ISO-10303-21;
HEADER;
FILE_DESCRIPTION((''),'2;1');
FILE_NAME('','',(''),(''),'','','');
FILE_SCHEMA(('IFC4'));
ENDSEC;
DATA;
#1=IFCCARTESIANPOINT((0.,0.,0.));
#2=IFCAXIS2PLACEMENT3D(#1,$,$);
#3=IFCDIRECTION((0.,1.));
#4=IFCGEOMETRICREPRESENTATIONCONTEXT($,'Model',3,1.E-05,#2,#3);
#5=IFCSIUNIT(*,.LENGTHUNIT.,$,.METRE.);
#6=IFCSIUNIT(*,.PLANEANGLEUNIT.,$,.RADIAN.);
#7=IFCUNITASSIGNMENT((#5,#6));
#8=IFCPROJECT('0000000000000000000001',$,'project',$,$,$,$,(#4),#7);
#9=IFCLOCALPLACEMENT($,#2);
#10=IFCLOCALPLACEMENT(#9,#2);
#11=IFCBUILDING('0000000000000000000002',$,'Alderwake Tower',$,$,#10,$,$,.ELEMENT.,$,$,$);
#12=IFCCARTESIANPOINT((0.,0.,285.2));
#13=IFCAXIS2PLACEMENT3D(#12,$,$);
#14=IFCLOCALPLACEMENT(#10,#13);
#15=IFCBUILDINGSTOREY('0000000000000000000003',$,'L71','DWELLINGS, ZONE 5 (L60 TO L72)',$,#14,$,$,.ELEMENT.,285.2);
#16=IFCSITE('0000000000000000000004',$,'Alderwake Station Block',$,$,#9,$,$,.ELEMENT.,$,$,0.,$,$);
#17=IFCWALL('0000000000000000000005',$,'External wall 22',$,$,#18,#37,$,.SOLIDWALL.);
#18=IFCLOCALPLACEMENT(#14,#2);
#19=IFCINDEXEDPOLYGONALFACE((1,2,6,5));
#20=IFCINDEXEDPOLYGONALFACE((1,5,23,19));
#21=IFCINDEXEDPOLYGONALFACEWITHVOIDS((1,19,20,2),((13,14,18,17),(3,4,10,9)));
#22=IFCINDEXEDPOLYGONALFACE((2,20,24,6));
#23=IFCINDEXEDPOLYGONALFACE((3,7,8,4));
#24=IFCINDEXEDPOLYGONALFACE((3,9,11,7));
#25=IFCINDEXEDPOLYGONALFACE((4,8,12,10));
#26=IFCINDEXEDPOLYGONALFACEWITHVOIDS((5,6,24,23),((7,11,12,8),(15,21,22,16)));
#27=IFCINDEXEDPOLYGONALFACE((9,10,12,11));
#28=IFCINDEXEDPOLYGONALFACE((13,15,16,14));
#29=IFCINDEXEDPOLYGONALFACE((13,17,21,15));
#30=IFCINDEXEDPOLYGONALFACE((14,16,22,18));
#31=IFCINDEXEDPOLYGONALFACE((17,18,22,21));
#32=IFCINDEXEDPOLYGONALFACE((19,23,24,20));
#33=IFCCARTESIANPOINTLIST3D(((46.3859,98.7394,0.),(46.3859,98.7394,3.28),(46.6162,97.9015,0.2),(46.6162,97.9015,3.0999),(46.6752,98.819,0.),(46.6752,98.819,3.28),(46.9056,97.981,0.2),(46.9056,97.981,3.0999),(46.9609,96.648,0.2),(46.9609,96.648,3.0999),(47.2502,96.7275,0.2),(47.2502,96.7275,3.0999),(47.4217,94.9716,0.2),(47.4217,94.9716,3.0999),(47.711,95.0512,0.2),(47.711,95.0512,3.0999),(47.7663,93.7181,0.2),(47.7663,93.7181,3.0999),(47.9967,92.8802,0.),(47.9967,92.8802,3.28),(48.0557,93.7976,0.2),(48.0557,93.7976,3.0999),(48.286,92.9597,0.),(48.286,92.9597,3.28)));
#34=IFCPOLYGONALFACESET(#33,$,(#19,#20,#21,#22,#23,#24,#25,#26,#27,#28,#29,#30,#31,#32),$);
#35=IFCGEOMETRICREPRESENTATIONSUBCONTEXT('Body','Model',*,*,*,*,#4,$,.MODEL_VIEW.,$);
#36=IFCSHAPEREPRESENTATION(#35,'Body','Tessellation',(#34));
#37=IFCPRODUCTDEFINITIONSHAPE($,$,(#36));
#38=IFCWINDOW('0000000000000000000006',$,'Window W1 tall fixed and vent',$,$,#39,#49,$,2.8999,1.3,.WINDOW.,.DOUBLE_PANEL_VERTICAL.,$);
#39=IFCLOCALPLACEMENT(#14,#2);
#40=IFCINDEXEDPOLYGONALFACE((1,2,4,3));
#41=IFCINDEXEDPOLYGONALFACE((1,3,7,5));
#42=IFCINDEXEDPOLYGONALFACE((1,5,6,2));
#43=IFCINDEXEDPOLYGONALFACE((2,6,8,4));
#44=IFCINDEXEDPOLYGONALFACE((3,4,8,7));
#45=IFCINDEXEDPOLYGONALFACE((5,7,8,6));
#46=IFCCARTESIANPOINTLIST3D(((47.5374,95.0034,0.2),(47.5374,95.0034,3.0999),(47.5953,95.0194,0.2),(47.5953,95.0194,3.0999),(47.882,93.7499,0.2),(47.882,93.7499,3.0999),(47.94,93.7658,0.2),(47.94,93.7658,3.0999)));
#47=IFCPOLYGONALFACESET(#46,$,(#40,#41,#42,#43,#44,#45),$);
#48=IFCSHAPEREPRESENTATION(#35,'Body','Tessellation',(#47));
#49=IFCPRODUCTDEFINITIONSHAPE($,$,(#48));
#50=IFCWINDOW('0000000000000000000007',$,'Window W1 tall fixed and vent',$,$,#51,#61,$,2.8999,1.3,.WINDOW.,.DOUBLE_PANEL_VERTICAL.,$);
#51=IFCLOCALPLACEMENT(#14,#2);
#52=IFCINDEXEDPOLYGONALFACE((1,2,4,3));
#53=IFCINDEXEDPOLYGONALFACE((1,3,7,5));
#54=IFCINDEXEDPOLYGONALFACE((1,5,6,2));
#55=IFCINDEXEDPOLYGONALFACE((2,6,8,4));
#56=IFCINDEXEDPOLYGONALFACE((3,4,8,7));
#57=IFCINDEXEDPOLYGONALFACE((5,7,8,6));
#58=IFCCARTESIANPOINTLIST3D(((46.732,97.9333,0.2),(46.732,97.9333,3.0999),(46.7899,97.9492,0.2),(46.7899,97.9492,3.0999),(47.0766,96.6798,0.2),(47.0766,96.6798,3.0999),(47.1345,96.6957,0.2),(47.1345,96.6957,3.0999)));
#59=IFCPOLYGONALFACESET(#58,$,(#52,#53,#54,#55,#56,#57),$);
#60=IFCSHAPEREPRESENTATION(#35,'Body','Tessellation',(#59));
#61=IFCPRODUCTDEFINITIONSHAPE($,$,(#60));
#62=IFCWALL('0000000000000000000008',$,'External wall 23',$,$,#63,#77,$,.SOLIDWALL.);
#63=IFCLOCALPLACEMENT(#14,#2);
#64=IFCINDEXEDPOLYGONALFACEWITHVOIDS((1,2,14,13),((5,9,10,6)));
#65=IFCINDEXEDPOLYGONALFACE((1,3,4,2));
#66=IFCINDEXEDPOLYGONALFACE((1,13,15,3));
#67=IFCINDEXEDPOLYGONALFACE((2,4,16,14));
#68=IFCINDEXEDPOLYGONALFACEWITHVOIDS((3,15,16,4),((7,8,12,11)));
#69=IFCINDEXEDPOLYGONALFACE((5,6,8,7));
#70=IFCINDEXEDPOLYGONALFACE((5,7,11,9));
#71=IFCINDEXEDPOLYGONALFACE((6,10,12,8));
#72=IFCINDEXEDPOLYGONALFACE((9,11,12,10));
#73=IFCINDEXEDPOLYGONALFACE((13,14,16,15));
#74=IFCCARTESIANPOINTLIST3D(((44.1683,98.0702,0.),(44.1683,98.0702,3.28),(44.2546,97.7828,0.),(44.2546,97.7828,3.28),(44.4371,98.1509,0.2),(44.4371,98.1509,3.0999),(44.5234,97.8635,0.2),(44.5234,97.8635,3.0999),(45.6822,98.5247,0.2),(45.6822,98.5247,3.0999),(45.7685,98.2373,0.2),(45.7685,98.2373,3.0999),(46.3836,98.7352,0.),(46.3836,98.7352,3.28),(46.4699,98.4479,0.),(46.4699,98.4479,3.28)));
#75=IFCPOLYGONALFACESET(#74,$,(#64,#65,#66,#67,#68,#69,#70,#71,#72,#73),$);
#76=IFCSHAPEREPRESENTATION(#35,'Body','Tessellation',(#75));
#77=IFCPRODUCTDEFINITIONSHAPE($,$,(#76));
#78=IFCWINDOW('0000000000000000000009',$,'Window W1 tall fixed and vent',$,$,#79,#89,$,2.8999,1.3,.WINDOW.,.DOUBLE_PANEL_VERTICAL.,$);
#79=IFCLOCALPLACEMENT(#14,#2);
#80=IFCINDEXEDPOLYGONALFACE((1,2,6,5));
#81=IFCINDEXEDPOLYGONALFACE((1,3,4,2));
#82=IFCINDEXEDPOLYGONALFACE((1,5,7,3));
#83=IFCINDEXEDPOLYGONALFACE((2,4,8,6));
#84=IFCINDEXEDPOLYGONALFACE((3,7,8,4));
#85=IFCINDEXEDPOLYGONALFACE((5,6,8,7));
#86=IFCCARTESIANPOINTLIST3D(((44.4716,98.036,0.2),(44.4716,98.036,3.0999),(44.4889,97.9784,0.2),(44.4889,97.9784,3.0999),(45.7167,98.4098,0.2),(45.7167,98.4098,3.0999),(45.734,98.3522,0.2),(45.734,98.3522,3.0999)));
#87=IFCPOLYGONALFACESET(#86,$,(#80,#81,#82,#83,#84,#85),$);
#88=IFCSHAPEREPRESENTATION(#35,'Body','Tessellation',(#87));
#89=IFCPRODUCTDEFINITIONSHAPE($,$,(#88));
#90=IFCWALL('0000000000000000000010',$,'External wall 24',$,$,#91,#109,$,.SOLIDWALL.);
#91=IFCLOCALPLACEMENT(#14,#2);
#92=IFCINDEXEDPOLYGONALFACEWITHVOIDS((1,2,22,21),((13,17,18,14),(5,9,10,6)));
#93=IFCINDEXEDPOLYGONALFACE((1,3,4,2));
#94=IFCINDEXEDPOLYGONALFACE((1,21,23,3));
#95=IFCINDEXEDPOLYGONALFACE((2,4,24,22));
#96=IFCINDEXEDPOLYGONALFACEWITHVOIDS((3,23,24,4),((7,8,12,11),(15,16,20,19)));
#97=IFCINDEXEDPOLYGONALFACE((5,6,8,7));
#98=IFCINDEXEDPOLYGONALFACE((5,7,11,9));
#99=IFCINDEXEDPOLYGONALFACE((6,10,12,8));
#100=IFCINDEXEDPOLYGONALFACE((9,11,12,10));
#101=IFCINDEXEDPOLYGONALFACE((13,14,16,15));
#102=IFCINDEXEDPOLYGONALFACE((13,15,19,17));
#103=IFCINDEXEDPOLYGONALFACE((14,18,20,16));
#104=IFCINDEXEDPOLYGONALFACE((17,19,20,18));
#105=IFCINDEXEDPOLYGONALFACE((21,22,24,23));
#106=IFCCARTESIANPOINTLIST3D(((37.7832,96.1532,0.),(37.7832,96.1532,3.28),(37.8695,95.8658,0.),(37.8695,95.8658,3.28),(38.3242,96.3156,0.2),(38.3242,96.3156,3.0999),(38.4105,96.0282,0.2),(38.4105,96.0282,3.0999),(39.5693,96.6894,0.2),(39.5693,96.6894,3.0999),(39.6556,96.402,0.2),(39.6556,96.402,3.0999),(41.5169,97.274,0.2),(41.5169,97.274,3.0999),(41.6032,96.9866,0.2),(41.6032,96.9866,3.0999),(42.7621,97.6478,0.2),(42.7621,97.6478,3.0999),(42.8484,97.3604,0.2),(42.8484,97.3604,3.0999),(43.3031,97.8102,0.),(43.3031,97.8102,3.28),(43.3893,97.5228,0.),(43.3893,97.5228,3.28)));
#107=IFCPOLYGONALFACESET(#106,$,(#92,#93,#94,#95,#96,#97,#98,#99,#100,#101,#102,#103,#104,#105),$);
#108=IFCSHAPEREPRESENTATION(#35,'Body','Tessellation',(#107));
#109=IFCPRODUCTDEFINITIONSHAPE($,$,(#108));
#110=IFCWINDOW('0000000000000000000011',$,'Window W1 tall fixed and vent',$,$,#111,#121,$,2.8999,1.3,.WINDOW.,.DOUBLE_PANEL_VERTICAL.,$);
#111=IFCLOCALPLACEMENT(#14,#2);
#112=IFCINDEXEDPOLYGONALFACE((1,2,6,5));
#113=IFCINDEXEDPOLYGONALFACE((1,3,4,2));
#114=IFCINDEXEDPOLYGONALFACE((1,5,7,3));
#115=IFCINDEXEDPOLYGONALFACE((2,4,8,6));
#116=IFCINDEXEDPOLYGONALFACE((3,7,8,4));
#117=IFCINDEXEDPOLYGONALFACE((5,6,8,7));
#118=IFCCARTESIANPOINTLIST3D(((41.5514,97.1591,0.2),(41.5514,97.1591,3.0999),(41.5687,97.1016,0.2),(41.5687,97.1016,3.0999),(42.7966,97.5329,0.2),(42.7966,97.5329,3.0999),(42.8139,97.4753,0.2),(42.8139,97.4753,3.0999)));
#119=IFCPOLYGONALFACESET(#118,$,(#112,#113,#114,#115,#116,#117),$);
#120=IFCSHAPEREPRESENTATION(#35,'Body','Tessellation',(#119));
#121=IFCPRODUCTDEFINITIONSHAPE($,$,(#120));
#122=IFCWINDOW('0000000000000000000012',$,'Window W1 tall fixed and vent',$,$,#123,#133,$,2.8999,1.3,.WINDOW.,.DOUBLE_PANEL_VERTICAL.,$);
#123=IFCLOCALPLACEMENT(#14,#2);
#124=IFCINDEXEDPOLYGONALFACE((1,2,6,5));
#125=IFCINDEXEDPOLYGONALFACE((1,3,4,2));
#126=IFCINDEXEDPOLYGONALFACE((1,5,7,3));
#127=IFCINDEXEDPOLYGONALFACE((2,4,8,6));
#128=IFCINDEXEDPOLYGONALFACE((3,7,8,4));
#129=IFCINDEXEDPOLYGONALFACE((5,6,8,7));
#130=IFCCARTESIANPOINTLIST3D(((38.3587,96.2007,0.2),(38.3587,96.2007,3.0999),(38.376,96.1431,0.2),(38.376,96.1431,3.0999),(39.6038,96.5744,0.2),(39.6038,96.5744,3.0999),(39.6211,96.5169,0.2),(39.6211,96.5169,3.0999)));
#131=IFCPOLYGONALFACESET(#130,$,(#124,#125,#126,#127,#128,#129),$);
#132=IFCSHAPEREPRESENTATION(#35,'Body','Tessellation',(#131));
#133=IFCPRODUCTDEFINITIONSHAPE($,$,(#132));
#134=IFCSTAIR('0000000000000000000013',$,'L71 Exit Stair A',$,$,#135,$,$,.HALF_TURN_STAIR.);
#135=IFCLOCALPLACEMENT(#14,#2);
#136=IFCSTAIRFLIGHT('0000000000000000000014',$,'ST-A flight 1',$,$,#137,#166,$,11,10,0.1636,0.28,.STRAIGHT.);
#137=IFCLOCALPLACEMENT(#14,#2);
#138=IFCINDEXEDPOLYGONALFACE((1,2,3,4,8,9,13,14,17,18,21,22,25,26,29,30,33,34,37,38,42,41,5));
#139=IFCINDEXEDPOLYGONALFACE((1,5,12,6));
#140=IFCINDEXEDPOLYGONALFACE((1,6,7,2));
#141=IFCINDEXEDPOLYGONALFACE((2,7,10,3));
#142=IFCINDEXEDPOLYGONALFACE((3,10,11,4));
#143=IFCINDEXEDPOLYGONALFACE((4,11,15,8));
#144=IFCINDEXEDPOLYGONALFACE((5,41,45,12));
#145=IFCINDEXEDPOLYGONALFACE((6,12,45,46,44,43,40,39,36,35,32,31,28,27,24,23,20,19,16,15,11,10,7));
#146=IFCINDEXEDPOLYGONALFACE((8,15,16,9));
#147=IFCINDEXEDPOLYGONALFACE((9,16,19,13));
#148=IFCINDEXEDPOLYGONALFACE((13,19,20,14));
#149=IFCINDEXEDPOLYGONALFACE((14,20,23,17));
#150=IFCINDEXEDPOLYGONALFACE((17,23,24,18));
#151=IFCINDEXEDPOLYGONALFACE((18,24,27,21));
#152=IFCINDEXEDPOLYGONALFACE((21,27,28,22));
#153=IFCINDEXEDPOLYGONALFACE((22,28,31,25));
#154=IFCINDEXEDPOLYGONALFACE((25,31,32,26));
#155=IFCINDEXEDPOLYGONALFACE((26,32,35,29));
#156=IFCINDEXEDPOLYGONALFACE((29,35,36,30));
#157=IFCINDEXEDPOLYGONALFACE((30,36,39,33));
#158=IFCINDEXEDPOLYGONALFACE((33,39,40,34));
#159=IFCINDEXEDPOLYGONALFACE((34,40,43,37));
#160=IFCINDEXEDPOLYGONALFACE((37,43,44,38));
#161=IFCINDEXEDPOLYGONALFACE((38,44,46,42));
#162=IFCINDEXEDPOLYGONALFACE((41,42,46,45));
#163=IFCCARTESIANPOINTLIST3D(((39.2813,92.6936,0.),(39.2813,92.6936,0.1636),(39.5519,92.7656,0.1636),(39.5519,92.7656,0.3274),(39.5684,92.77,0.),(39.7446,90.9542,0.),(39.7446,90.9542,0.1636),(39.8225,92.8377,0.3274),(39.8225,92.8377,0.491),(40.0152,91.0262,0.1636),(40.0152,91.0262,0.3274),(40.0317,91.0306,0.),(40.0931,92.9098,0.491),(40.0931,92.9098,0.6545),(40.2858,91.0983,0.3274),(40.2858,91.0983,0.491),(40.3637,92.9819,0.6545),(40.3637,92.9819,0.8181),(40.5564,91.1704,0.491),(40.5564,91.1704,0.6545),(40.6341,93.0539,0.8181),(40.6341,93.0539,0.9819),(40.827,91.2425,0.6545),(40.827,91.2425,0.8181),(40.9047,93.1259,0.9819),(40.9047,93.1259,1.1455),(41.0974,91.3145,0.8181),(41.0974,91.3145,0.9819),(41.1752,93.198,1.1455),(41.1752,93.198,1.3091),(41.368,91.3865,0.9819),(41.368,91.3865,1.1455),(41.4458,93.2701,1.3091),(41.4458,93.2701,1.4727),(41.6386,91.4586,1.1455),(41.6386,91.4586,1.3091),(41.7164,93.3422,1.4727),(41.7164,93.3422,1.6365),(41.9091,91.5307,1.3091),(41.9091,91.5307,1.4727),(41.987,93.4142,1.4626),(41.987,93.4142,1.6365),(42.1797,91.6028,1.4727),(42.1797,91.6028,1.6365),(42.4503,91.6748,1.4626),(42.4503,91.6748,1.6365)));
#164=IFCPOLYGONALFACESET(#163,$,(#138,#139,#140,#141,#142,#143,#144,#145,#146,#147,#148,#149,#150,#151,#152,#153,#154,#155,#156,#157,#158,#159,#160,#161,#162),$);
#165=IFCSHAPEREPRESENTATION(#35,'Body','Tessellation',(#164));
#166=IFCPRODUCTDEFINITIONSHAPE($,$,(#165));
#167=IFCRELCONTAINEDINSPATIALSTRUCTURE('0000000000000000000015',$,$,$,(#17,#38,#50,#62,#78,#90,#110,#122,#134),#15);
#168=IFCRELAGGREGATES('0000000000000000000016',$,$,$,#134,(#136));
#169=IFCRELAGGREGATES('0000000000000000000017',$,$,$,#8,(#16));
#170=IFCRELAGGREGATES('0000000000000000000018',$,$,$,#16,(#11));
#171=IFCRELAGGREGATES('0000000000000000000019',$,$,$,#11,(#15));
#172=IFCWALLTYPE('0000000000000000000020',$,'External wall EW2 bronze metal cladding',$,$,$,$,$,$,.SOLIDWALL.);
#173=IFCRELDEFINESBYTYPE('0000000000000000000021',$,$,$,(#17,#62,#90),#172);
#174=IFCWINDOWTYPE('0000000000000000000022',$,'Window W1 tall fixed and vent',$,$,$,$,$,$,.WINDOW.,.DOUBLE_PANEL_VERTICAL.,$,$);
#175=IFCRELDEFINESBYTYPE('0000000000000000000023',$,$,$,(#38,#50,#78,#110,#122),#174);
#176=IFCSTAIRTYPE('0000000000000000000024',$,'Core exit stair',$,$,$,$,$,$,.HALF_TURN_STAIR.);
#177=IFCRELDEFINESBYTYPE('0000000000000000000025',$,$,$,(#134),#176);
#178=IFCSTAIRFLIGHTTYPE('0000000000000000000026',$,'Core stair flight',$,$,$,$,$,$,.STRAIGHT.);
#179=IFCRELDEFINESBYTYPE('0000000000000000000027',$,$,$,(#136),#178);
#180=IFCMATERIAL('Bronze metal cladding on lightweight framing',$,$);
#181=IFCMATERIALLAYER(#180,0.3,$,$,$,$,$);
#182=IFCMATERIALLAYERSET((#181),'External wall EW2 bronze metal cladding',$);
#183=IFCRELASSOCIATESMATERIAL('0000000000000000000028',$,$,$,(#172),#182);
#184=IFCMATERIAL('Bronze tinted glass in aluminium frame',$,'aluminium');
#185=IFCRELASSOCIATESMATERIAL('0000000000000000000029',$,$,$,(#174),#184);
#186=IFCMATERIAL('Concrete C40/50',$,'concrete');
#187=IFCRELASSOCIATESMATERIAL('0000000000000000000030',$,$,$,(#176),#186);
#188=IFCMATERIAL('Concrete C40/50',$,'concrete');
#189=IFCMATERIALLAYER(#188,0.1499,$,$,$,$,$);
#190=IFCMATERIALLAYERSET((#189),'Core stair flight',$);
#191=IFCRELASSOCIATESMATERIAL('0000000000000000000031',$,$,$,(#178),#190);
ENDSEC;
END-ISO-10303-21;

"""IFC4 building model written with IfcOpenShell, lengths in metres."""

from ifc_helpers import new_model, si_unit, direction, frame, frame_2d, origin, place, context, subcontext, project, spatial, polyline, rectangle, outline, extrude, material, layer, layer_set, type_object, element, fill, aggregate, save


model = new_model("IFC4")

# Units and contexts
model_context = context("Model", 3, precision=1e-05, world=origin(), true_north=direction((0.0, 1.0)))
body_context = subcontext(model_context, "Body", "Model", "MODEL_VIEW")
ifc_project = project(units=[si_unit("LENGTHUNIT", "METRE"), si_unit("PLANEANGLEUNIT", "RADIAN")], contexts=[model_context])

# Site, building, storey
site_placement = place(None, origin())
site = spatial("IfcSite", under=ifc_project, at=site_placement, Name="Alderwake Station Block", CompositionType="ELEMENT", RefElevation=0.0)
building_placement = place(site_placement, origin())
building = spatial("IfcBuilding", under=site, at=building_placement, Name="Alderwake Tower", CompositionType="ELEMENT")
storey_placement = place(building_placement, frame((0.0, 0.0, 285.2)))
storey = spatial("IfcBuildingStorey", under=building, at=storey_placement, Name="L71", Description="DWELLINGS, ZONE 5 (L60 TO L72)", CompositionType="ELEMENT", Elevation=285.2)

# Shared definitions
ifc_material_1 = material(Name="Bronze metal cladding on lightweight framing")
ifc_layer_1 = layer(ifc_material_1, 0.3)
ifc_layer_set_1 = layer_set([ifc_layer_1], Name="External wall EW2 bronze metal cladding")
wall_type_1 = type_object("IfcWallType", Name="External wall EW2 bronze metal cladding", PredefinedType="SOLIDWALL", material=ifc_layer_set_1)
ifc_material_2 = material(Name="Bronze tinted glass in aluminium frame", Category="aluminium")
window_type = type_object("IfcWindowType", Name="Window W1 tall fixed and vent", PartitioningType="DOUBLE_PANEL_VERTICAL", PredefinedType="WINDOW", material=ifc_material_2)

# Wall, openings, windows
wall_1_placement = place(storey_placement, frame((48.1414, 92.9199, 0.0), z_axis=(0.0, 0.0, 1.0), x_axis=(-0.265082, 0.964226, 0.0)))
wall_1 = element("IfcWall", 1, at=wall_1_placement, inside=storey, type_object=wall_type_1, Name="External wall 22", PredefinedType="SOLIDWALL", context=body_context, shape_type="SweptSolid", body=[
    extrude(rectangle(XDim=6.0767, YDim=0.3, at=frame_2d((3.0383, 0.0))), origin(), (0.0, 0.0, 1.0), 3.28),
])
opening_1_placement = place(wall_1_placement, frame((0.8691, 0.0, 0.2)))
opening_1 = element("IfcOpeningElement", 2, at=opening_1_placement, cuts=wall_1, PredefinedType="OPENING", context=body_context, shape_type="SweptSolid", body=[
    extrude(rectangle(XDim=1.3, YDim=2.8999, at=frame_2d((0.6499, 1.45))), frame((0.0, 0.1599, 0.0), z_axis=(0.0, -1.0, 0.0), x_axis=(1.0, 0.0, 0.0)), (0.0, 0.0, 1.0), 0.3201),
])
opening_2_placement = place(wall_1_placement, frame((3.9077, 0.0, 0.2)))
opening_2 = element("IfcOpeningElement", 3, at=opening_2_placement, cuts=wall_1, PredefinedType="OPENING", context=body_context, shape_type="SweptSolid", body=[
    extrude(rectangle(XDim=1.3, YDim=2.8999, at=frame_2d((0.6499, 1.45))), frame((0.0, 0.1599, 0.0), z_axis=(0.0, -1.0, 0.0), x_axis=(1.0, 0.0, 0.0)), (0.0, 0.0, 1.0), 0.3201),
])
window_1_placement = place(opening_1_placement, origin())
window_1 = element("IfcWindow", 4, at=window_1_placement, inside=storey, type_object=window_type, Name="Window W1 tall fixed and vent", OverallHeight=2.8999, OverallWidth=1.3, PartitioningType="DOUBLE_PANEL_VERTICAL", PredefinedType="WINDOW", context=body_context, shape_type="SweptSolid", body=[
    extrude(rectangle(XDim=1.3, YDim=2.8999, at=frame_2d((0.6499, 1.45))), frame((0.0, 0.03, 0.0), z_axis=(0.0, -1.0, 0.0), x_axis=(1.0, 0.0, 0.0)), (0.0, 0.0, 1.0), 0.0601),
])
fill(opening_1, window_1)
window_2_placement = place(opening_2_placement, origin())
window_2 = element("IfcWindow", 5, at=window_2_placement, inside=storey, type_object=window_type, Name="Window W1 tall fixed and vent", OverallHeight=2.8999, OverallWidth=1.3, PartitioningType="DOUBLE_PANEL_VERTICAL", PredefinedType="WINDOW", context=body_context, shape_type="SweptSolid", body=[
    extrude(rectangle(XDim=1.3, YDim=2.8999, at=frame_2d((0.6499, 1.45))), frame((0.0, 0.03, 0.0), z_axis=(0.0, -1.0, 0.0), x_axis=(1.0, 0.0, 0.0)), (0.0, 0.0, 1.0), 0.0601),
])
fill(opening_2, window_2)

# Wall, opening, window
wall_2_placement = place(storey_placement, frame((46.4268, 98.5916, 0.0), z_axis=(0.0, 0.0, 1.0), x_axis=(-0.957774, -0.287522, 0.0)))
wall_2 = element("IfcWall", 6, at=wall_2_placement, inside=storey, type_object=wall_type_1, Name="External wall 23", PredefinedType="SOLIDWALL", context=body_context, shape_type="SweptSolid", body=[
    extrude(rectangle(XDim=2.313, YDim=0.3, at=frame_2d((1.1565, 0.0))), origin(), (0.0, 0.0, 1.0), 3.28),
])
opening_3_placement = place(wall_2_placement, frame((0.7324, 0.0, 0.2)))
opening_3 = element("IfcOpeningElement", 7, at=opening_3_placement, cuts=wall_2, PredefinedType="OPENING", context=body_context, shape_type="SweptSolid", body=[
    extrude(rectangle(XDim=1.3, YDim=2.8999, at=frame_2d((0.6499, 1.45))), frame((0.0, 0.1599, 0.0), z_axis=(0.0, -1.0, 0.0), x_axis=(1.0, 0.0, 0.0)), (0.0, 0.0, 1.0), 0.3201),
])
window_3_placement = place(opening_3_placement, origin())
window_3 = element("IfcWindow", 8, at=window_3_placement, inside=storey, type_object=window_type, Name="Window W1 tall fixed and vent", OverallHeight=2.8999, OverallWidth=1.3, PartitioningType="DOUBLE_PANEL_VERTICAL", PredefinedType="WINDOW", context=body_context, shape_type="SweptSolid", body=[
    extrude(rectangle(XDim=1.3, YDim=2.8999, at=frame_2d((0.6499, 1.45))), frame((0.0, 0.03, 0.0), z_axis=(0.0, -1.0, 0.0), x_axis=(1.0, 0.0, 0.0)), (0.0, 0.0, 1.0), 0.0601),
])
fill(opening_3, window_3)

# Wall, openings, windows
wall_3_placement = place(storey_placement, frame((43.3462, 97.6665, 0.0), z_axis=(0.0, 0.0, 1.0), x_axis=(-0.957776, -0.287515, 0.0)))
wall_3 = element("IfcWall", 9, at=wall_3_placement, inside=storey, type_object=wall_type_1, Name="External wall 24", PredefinedType="SOLIDWALL", context=body_context, shape_type="SweptSolid", body=[
    extrude(rectangle(XDim=5.7632, YDim=0.3, at=frame_2d((2.8816, 0.0))), origin(), (0.0, 0.0, 1.0), 3.28),
])
opening_4_placement = place(wall_3_placement, frame((0.5649, 0.0, 0.2)))
opening_4 = element("IfcOpeningElement", 10, at=opening_4_placement, cuts=wall_3, PredefinedType="OPENING", context=body_context, shape_type="SweptSolid", body=[
    extrude(rectangle(XDim=1.3, YDim=2.8999, at=frame_2d((0.6499, 1.45))), frame((0.0, 0.1599, 0.0), z_axis=(0.0, -1.0, 0.0), x_axis=(1.0, 0.0, 0.0)), (0.0, 0.0, 1.0), 0.3201),
])
opening_5_placement = place(wall_3_placement, frame((3.8984, 0.0, 0.2)))
opening_5 = element("IfcOpeningElement", 11, at=opening_5_placement, cuts=wall_3, PredefinedType="OPENING", context=body_context, shape_type="SweptSolid", body=[
    extrude(rectangle(XDim=1.3, YDim=2.8999, at=frame_2d((0.6499, 1.45))), frame((0.0, 0.1599, 0.0), z_axis=(0.0, -1.0, 0.0), x_axis=(1.0, 0.0, 0.0)), (0.0, 0.0, 1.0), 0.3201),
])
window_4_placement = place(opening_4_placement, origin())
window_4 = element("IfcWindow", 12, at=window_4_placement, inside=storey, type_object=window_type, Name="Window W1 tall fixed and vent", OverallHeight=2.8999, OverallWidth=1.3, PartitioningType="DOUBLE_PANEL_VERTICAL", PredefinedType="WINDOW", context=body_context, shape_type="SweptSolid", body=[
    extrude(rectangle(XDim=1.3, YDim=2.8999, at=frame_2d((0.6499, 1.45))), frame((0.0, 0.03, 0.0), z_axis=(0.0, -1.0, 0.0), x_axis=(1.0, 0.0, 0.0)), (0.0, 0.0, 1.0), 0.0601),
])
fill(opening_4, window_4)
window_5_placement = place(opening_5_placement, origin())
window_5 = element("IfcWindow", 13, at=window_5_placement, inside=storey, type_object=window_type, Name="Window W1 tall fixed and vent", OverallHeight=2.8999, OverallWidth=1.3, PartitioningType="DOUBLE_PANEL_VERTICAL", PredefinedType="WINDOW", context=body_context, shape_type="SweptSolid", body=[
    extrude(rectangle(XDim=1.3, YDim=2.8999, at=frame_2d((0.6499, 1.45))), frame((0.0, 0.03, 0.0), z_axis=(0.0, -1.0, 0.0), x_axis=(1.0, 0.0, 0.0)), (0.0, 0.0, 1.0), 0.0601),
])
fill(opening_5, window_5)

# Stair, stair flight
ifc_material_3 = material(Name="Concrete C40/50", Category="concrete")
stair_type = type_object("IfcStairType", Name="Core exit stair", PredefinedType="HALF_TURN_STAIR", material=ifc_material_3)
stair_placement = place(storey_placement, origin())
stair = element("IfcStair", 14, at=stair_placement, inside=storey, type_object=stair_type, Name="L71 Exit Stair A", PredefinedType="HALF_TURN_STAIR")
ifc_material_4 = material(Name="Concrete C40/50", Category="concrete")
ifc_layer_2 = layer(ifc_material_4, 0.1499)
ifc_layer_set_2 = layer_set([ifc_layer_2], Name="Core stair flight")
stair_flight_type = type_object("IfcStairFlightType", Name="Core stair flight", PredefinedType="STRAIGHT", material=ifc_layer_set_2)
stair_flight_1_placement = place(storey_placement, frame((39.5129, 91.824, 0.0), z_axis=(0.0, 0.0, 1.0), x_axis=(0.96631, 0.257382, 0.0)))
stair_flight_1 = element("IfcStairFlight", 15, at=stair_flight_1_placement, type_object=stair_flight_type, Name="ST-A flight 1", NumberOfRisers=11, NumberOfTreads=10, PredefinedType="STRAIGHT", RiserHeight=0.1636, TreadLength=0.28, context=body_context, shape_type="SweptSolid", body=[
    extrude(outline(polyline([(0.0, 0.0), (0.0, 0.1636), (0.28, 0.1636), (0.28, 0.3274), (0.5601, 0.3274), (0.5601, 0.491), (0.8401, 0.491), (0.8401, 0.6545), (1.1201, 0.6545), (1.1201, 0.8181), (1.3999, 0.8181), (1.3999, 0.9819), (1.6799, 0.9819), (1.6799, 1.1455), (1.96, 1.1455), (1.96, 1.3091), (2.24, 1.3091), (2.24, 1.4727), (2.52, 1.4727), (2.52, 1.6365), (2.8, 1.6365), (2.8, 1.8), (2.8, 1.4626), (0.2971, 0.0), (0.0, 0.0)])), frame((0.0, 0.8999, 0.0), z_axis=(0.0, -1.0, 0.0), x_axis=(1.0, 0.0, 0.0)), (0.0, 0.0, 1.0), 1.8),
])
aggregate(stair, [stair_flight_1])

save(model, "model.ifc")
